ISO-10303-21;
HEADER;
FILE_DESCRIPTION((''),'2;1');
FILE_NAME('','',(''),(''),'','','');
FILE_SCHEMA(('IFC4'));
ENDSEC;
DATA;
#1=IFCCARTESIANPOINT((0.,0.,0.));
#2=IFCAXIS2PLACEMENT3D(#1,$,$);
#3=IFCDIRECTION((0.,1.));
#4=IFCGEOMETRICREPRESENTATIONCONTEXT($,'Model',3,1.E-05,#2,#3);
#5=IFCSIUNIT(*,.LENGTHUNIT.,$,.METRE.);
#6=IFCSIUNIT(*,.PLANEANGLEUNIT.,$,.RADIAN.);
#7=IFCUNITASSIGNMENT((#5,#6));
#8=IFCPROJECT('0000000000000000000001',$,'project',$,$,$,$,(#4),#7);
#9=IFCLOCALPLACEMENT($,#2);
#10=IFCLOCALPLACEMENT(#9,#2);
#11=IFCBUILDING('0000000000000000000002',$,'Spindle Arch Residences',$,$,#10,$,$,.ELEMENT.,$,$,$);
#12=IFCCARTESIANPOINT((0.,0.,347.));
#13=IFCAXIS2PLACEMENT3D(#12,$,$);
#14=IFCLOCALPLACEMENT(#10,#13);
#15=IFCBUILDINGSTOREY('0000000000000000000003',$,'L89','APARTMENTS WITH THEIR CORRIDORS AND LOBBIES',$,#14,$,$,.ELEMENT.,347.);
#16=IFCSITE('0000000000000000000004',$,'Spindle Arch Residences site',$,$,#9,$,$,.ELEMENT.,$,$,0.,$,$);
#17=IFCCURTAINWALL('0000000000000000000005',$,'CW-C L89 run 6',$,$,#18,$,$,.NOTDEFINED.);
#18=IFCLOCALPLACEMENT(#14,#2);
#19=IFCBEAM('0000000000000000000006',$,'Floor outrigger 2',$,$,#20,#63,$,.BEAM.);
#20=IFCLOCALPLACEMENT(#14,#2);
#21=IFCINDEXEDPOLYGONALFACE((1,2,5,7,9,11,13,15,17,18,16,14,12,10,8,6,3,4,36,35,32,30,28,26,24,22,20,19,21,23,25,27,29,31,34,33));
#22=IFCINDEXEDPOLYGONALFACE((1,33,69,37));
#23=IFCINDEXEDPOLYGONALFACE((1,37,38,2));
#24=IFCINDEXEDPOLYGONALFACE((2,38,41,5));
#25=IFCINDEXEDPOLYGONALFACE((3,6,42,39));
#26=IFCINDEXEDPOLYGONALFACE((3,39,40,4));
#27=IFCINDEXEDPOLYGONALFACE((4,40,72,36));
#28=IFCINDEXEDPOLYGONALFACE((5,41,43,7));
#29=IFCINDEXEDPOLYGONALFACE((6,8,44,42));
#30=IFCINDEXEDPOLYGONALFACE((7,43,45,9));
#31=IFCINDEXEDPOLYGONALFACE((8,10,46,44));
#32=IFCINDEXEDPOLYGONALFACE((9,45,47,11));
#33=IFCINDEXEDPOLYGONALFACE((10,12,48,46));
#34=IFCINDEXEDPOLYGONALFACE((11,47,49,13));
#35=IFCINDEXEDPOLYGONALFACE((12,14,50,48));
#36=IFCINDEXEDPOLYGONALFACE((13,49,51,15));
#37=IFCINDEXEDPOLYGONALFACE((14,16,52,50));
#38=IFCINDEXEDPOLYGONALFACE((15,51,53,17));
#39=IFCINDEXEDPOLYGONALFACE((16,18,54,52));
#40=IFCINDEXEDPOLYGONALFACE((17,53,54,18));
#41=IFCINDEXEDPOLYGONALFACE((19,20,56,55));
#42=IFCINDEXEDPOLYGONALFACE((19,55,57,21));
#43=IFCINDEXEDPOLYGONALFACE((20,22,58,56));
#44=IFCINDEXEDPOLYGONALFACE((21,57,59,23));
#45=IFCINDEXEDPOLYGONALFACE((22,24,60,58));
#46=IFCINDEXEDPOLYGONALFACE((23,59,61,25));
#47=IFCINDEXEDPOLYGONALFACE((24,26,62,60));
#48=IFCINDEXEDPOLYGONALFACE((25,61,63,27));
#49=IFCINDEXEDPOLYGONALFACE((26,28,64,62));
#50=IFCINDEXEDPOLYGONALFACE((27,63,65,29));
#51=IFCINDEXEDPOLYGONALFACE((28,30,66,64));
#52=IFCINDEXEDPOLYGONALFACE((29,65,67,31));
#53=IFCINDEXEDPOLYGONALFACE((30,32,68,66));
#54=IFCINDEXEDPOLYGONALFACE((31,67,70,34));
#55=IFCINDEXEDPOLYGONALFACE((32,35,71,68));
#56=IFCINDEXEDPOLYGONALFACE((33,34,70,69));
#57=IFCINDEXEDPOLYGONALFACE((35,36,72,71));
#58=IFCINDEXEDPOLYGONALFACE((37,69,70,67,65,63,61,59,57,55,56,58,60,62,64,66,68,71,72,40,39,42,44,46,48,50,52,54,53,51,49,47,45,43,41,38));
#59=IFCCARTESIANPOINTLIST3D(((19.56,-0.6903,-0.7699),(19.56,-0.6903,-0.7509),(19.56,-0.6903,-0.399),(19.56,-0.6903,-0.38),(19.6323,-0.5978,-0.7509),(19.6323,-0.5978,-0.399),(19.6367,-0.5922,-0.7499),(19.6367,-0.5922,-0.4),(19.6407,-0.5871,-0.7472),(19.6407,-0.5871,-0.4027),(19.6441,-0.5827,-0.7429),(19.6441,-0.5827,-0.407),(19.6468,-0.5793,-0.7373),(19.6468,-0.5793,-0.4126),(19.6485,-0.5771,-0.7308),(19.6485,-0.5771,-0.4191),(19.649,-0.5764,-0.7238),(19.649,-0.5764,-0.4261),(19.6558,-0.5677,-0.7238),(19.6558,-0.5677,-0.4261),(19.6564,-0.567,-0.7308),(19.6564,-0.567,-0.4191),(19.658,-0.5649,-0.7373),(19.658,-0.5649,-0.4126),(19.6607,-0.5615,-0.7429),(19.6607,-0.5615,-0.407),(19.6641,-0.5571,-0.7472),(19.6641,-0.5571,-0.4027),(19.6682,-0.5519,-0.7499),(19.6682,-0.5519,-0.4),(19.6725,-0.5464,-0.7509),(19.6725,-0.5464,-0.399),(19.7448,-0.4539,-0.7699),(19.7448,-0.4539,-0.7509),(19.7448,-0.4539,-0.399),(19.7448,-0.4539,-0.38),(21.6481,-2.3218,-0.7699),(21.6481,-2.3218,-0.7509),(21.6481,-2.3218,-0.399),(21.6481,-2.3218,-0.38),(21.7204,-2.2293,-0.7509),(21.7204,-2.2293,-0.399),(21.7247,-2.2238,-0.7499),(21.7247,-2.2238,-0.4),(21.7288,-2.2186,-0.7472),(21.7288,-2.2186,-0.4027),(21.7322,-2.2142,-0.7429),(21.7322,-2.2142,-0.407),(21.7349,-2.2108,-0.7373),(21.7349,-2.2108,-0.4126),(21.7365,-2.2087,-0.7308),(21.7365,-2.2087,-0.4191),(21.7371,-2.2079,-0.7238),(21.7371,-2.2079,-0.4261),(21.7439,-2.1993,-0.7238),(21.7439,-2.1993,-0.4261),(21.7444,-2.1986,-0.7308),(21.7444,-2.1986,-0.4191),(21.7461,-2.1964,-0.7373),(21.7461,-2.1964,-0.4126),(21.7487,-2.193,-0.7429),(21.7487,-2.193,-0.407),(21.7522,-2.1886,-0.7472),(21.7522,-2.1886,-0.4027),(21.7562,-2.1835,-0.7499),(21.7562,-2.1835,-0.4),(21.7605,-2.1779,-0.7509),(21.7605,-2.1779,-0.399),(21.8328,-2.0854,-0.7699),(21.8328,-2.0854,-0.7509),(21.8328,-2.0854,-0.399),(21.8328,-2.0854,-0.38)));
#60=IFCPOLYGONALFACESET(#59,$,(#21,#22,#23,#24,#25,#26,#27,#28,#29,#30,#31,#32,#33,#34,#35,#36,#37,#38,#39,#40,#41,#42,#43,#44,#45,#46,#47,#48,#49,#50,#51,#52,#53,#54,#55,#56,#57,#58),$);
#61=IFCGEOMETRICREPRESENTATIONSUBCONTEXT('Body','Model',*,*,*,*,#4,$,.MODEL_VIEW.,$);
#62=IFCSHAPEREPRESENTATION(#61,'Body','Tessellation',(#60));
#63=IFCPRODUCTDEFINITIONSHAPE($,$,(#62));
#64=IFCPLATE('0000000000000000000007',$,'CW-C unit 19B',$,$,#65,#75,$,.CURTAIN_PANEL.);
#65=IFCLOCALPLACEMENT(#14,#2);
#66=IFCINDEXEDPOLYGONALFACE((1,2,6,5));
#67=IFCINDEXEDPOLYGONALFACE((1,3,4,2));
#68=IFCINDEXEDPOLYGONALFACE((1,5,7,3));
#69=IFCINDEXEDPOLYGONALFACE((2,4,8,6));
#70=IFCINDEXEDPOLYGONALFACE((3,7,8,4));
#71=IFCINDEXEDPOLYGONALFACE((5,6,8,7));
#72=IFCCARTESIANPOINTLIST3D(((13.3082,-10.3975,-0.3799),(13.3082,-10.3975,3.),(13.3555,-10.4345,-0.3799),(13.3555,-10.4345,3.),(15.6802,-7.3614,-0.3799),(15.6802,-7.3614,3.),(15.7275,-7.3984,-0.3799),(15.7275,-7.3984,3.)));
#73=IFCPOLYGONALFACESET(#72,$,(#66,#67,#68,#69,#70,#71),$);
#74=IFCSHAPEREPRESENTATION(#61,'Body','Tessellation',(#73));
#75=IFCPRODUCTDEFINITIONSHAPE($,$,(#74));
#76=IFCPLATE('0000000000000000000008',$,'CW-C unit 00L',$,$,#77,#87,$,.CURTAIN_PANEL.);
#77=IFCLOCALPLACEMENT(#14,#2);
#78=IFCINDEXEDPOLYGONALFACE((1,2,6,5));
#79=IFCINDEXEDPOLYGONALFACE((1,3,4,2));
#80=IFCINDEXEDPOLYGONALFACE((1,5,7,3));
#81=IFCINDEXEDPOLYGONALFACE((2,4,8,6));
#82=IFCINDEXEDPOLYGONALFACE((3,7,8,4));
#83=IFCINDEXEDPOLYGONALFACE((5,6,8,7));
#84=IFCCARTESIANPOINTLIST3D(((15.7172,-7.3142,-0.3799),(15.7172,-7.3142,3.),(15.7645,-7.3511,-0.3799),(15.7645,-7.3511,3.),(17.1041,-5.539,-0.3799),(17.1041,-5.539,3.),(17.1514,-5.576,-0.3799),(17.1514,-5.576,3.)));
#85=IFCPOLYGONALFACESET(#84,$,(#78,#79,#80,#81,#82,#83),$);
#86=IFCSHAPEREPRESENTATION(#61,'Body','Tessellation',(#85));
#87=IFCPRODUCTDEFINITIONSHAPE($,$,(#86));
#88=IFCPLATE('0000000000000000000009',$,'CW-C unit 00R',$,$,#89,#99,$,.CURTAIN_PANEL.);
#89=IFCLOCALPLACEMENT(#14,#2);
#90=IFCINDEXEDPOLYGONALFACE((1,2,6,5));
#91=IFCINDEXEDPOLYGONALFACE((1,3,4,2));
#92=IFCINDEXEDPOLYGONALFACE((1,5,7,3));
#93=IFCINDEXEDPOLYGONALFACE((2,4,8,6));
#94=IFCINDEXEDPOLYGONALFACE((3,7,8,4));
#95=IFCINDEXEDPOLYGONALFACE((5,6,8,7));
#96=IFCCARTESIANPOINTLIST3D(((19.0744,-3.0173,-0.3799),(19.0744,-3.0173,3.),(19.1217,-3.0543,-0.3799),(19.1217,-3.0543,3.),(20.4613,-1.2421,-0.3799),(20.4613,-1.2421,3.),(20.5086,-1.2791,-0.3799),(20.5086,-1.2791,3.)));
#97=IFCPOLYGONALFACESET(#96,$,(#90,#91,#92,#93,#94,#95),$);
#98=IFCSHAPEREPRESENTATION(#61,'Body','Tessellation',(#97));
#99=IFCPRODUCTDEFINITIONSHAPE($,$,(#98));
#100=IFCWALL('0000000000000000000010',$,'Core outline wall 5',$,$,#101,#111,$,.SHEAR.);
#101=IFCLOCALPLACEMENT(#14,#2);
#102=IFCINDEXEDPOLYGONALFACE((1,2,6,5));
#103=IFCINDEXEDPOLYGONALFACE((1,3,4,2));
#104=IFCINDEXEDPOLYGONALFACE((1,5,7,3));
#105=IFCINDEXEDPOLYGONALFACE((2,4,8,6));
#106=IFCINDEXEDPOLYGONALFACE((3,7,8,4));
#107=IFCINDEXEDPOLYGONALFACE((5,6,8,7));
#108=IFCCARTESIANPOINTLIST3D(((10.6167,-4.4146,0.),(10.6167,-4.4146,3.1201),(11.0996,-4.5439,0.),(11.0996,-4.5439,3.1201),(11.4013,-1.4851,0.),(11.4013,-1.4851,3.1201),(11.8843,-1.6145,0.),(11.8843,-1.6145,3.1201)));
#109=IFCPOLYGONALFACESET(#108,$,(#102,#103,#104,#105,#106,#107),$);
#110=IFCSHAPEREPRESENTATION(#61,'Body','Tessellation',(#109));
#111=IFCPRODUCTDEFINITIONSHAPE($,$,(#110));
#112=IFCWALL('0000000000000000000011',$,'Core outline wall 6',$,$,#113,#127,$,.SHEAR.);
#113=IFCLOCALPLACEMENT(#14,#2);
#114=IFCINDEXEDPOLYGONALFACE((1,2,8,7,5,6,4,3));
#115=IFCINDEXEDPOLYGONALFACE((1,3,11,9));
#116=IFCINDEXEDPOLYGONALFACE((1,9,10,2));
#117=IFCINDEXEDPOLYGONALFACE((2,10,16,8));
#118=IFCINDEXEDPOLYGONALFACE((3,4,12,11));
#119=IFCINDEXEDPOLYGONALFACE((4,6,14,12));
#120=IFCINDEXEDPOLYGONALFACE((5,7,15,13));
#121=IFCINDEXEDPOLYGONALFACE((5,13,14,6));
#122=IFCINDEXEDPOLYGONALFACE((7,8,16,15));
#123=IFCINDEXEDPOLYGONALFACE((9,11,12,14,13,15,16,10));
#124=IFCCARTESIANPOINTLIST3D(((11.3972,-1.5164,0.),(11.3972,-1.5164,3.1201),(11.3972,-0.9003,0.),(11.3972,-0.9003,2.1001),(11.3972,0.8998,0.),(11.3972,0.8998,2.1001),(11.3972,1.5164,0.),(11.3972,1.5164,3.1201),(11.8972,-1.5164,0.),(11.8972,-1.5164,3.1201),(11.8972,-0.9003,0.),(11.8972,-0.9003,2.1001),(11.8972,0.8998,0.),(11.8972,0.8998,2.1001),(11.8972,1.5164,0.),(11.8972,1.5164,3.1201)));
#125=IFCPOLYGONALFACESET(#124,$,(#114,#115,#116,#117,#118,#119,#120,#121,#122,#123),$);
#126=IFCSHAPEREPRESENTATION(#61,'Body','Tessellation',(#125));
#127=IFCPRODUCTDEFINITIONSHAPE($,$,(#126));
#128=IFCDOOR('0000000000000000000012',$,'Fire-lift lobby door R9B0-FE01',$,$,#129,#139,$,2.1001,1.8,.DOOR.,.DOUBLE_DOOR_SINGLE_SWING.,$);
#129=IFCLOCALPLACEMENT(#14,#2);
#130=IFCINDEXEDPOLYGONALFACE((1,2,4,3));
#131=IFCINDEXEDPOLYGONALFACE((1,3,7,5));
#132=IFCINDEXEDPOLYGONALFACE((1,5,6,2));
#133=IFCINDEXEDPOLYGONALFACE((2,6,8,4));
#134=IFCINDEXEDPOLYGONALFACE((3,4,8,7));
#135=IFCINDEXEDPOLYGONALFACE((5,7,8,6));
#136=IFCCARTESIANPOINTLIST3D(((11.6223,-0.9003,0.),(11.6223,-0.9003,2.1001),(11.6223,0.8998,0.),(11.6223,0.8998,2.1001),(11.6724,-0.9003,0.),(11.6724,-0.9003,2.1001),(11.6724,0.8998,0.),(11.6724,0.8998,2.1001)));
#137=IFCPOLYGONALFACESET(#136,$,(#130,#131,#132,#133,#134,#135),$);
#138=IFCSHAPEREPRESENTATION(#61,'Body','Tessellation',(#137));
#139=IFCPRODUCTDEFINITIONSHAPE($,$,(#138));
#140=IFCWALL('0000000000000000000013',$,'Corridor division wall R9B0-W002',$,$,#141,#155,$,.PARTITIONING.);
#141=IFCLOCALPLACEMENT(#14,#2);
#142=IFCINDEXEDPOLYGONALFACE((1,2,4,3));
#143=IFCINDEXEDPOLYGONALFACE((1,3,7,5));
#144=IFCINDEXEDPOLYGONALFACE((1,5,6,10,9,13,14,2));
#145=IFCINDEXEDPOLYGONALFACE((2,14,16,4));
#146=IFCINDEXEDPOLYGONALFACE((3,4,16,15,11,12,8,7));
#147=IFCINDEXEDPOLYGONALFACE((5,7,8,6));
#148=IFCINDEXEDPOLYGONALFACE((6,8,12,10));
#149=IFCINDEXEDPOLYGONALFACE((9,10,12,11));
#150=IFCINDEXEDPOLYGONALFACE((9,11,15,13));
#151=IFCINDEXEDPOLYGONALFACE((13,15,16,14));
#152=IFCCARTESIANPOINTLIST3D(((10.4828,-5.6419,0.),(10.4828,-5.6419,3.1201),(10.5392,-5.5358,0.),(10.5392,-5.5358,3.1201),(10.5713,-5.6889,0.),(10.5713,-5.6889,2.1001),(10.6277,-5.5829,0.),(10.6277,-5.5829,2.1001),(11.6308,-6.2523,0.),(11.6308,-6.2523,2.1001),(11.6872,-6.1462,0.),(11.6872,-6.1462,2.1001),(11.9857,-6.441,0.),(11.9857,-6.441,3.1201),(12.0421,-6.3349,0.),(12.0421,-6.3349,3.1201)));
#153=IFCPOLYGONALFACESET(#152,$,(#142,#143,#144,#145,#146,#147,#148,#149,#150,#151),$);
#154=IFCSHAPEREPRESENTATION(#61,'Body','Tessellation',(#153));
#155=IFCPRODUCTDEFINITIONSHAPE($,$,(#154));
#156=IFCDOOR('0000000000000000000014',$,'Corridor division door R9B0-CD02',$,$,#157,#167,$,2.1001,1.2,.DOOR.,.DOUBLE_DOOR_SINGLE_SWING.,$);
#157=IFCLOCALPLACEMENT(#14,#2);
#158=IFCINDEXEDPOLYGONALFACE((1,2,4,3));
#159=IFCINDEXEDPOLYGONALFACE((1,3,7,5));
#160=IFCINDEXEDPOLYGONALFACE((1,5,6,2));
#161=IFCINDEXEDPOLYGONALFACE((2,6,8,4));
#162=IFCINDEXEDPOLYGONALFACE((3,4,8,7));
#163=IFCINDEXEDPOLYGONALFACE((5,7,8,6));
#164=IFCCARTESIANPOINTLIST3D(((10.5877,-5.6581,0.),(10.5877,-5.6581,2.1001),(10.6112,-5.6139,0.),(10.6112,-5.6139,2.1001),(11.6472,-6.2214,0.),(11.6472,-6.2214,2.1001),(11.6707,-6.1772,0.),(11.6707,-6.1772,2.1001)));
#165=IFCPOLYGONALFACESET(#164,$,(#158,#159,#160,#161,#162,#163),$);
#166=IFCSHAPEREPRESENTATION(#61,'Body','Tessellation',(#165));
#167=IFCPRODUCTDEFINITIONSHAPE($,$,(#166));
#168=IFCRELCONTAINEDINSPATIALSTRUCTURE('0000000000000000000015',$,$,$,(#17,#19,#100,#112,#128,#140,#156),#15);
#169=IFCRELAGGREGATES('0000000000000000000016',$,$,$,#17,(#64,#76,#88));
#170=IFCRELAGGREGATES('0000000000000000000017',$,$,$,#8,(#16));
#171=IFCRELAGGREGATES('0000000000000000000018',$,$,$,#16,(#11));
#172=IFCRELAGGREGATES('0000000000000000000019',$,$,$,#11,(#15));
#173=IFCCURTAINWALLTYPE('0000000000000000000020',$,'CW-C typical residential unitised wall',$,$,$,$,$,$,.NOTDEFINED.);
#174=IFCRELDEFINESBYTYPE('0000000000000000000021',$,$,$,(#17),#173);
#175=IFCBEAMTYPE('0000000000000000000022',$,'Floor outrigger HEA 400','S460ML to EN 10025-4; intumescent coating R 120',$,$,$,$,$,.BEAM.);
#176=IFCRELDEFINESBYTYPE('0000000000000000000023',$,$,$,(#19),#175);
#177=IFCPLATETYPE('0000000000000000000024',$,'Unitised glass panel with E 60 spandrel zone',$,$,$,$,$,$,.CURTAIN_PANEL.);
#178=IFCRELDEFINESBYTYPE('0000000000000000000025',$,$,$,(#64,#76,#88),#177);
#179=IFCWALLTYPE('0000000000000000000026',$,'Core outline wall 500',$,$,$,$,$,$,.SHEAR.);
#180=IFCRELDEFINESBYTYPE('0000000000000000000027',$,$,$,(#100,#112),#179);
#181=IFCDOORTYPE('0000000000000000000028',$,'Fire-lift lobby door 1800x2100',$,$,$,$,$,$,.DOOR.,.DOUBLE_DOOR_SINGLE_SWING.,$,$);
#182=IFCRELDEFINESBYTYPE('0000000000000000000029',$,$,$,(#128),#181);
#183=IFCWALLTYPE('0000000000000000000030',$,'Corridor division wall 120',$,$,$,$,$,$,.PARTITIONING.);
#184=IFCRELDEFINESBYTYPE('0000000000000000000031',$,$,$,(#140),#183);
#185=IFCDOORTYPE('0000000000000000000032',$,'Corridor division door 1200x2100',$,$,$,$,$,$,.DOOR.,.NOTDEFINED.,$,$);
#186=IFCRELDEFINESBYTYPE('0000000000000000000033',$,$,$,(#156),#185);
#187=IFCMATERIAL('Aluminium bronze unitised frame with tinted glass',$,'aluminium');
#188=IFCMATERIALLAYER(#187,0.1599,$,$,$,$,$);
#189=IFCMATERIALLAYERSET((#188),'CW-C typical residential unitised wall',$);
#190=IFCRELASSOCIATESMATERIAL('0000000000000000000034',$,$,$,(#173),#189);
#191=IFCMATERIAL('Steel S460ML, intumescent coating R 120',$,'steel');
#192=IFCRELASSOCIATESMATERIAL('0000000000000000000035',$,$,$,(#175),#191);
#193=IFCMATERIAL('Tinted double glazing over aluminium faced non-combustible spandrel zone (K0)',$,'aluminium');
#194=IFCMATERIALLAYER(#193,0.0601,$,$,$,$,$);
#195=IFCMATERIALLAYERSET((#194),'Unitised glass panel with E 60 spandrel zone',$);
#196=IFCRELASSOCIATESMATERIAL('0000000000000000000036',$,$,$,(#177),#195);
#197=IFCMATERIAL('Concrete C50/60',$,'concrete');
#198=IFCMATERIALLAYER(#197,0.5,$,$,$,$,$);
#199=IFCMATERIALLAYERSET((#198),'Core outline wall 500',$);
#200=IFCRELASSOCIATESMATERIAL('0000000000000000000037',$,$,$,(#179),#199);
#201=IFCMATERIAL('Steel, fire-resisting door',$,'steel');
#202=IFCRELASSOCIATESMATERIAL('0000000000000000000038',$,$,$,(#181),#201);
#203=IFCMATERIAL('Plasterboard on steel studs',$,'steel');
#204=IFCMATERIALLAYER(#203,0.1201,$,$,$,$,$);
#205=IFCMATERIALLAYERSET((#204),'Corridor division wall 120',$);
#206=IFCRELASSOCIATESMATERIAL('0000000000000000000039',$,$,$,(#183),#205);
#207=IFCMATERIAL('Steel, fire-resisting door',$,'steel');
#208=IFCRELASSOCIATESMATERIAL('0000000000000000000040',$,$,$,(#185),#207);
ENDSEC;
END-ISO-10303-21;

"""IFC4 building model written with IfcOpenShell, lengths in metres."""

from ifc_helpers import new_model, si_unit, direction, frame, frame_2d, origin, origin_2d, place, context, subcontext, project, spatial, rectangle, i_section, extrude, material, layer, layer_set, material_profile, profile_set, type_object, element, fill, aggregate, save


model = new_model("IFC4")

# Units and contexts
model_context = context("Model", 3, precision=1e-05, world=origin(), true_north=direction((0.0, 1.0)))
body_context = subcontext(model_context, "Body", "Model", "MODEL_VIEW")
ifc_project = project(units=[si_unit("LENGTHUNIT", "METRE"), si_unit("PLANEANGLEUNIT", "RADIAN")], contexts=[model_context])

# Site, building, storey
site_placement = place(None, origin())
site = spatial("IfcSite", under=ifc_project, at=site_placement, Name="Spindle Arch Residences site", CompositionType="ELEMENT", RefElevation=0.0)
building_placement = place(site_placement, origin())
building = spatial("IfcBuilding", under=site, at=building_placement, Name="Spindle Arch Residences", CompositionType="ELEMENT")
storey_placement = place(building_placement, frame((0.0, 0.0, 347.0)))
storey = spatial("IfcBuildingStorey", under=building, at=storey_placement, Name="L89", Description="APARTMENTS WITH THEIR CORRIDORS AND LOBBIES", CompositionType="ELEMENT", Elevation=347.0)

# Curtain wall
ifc_material_1 = material(Name="Aluminium bronze unitised frame with tinted glass", Category="aluminium")
ifc_layer_1 = layer(ifc_material_1, 0.1599)
ifc_layer_set_1 = layer_set([ifc_layer_1], Name="CW-C typical residential unitised wall")
curtain_wall_type_1 = type_object("IfcCurtainWallType", Name="CW-C typical residential unitised wall", PredefinedType="NOTDEFINED", material=ifc_layer_set_1)
curtain_wall_1_placement = place(storey_placement, origin())
curtain_wall_1 = element("IfcCurtainWall", 1, at=curtain_wall_1_placement, inside=storey, type_object=curtain_wall_type_1, Name="CW-C L89 run 6", PredefinedType="NOTDEFINED")

# Beam
ifc_material_2 = material(Name="Steel S460ML, intumescent coating R 120", Category="steel")
ifc_material_profile_1 = material_profile(ifc_material_2, i_section(OverallWidth=0.3, OverallDepth=0.3899, WebThickness=0.011, FlangeThickness=0.019, FilletRadius=0.0271, at=origin_2d()), Name="HEA 400")
ifc_profile_set_1 = profile_set([ifc_material_profile_1], Name="Steel S460ML, intumescent coating R 120")
beam_type_1 = type_object("IfcBeamType", Name="Floor outrigger HEA 400", Description="S460ML to EN 10025-4; intumescent coating R 120", PredefinedType="BEAM", material=ifc_profile_set_1)
beam_1_placement = place(storey_placement, frame((21.7405, -2.2036, -0.575), z_axis=(-0.787981, 0.615699, 0.0), x_axis=(-0.615699, -0.787981, 0.0)))
element("IfcBeam", 2, at=beam_1_placement, inside=storey, type_object=beam_type_1, Name="Floor outrigger 2", PredefinedType="BEAM", context=body_context, shape_type="SweptSolid", body=[
    extrude(i_section(OverallWidth=0.3, OverallDepth=0.3899, WebThickness=0.011, FlangeThickness=0.019, FilletRadius=0.0271, at=origin_2d()), origin(), (0.0, 0.0, 1.0), 2.6499),
])

# Plates
ifc_material_3 = material(Name="Tinted double glazing over aluminium faced non-combustible spandrel zone (K0)", Category="aluminium")
ifc_layer_2 = layer(ifc_material_3, 0.0601)
ifc_layer_set_2 = layer_set([ifc_layer_2], Name="Unitised glass panel with E 60 spandrel zone")
plate_type = type_object("IfcPlateType", Name="Unitised glass panel with E 60 spandrel zone", PredefinedType="CURTAIN_PANEL", material=ifc_layer_set_2)
plate_1_placement = place(storey_placement, frame((14.5178, -8.8979, -0.3799), z_axis=(0.0, 0.0, 1.0), x_axis=(0.615661, 0.788011, 0.0)))
plate_1 = element("IfcPlate", 3, at=plate_1_placement, type_object=plate_type, Name="CW-C unit 19B", PredefinedType="CURTAIN_PANEL", context=body_context, shape_type="SweptSolid", body=[
    extrude(rectangle(XDim=3.8528, YDim=0.0601, at=origin_2d()), origin(), (0.0, 0.0, 1.0), 3.3799),
])
plate_2_placement = place(storey_placement, frame((16.4343, -6.4451, -0.3799), z_axis=(0.0, 0.0, 1.0), x_axis=(0.615661, 0.788011, 0.0)))
plate_2 = element("IfcPlate", 4, at=plate_2_placement, type_object=plate_type, Name="CW-C unit 00L", PredefinedType="CURTAIN_PANEL", context=body_context, shape_type="SweptSolid", body=[
    extrude(rectangle(XDim=2.2527, YDim=0.0601, at=origin_2d()), origin(), (0.0, 0.0, 1.0), 3.3799),
])
plate_3_placement = place(storey_placement, frame((19.7915, -2.1482, -0.3799), z_axis=(0.0, 0.0, 1.0), x_axis=(0.615661, 0.788011, 0.0)))
plate_3 = element("IfcPlate", 5, at=plate_3_placement, type_object=plate_type, Name="CW-C unit 00R", PredefinedType="CURTAIN_PANEL", context=body_context, shape_type="SweptSolid", body=[
    extrude(rectangle(XDim=2.2527, YDim=0.0601, at=origin_2d()), origin(), (0.0, 0.0, 1.0), 3.3799),
])
aggregate(curtain_wall_1, [plate_1, plate_2, plate_3])

# Wall
ifc_material_4 = material(Name="Concrete C50/60", Category="concrete")
ifc_layer_3 = layer(ifc_material_4, 0.5)
ifc_layer_set_3 = layer_set([ifc_layer_3], Name="Core outline wall 500")
wall_type_1 = type_object("IfcWallType", Name="Core outline wall 500", PredefinedType="SHEAR", material=ifc_layer_set_3)
wall_1_placement = place(storey_placement, frame((10.8582, -4.4792, 0.0), z_axis=(0.0, 0.0, 1.0), x_axis=(0.258735, 0.965948, 0.0)))
element("IfcWall", 6, at=wall_1_placement, inside=storey, type_object=wall_type_1, Name="Core outline wall 5", PredefinedType="SHEAR", context=body_context, shape_type="SweptSolid", body=[
    extrude(rectangle(XDim=3.0327, YDim=0.5, at=frame_2d((1.5164, 0.0))), origin(), (0.0, 0.0, 1.0), 3.1201),
])

# Walls, openings, doors
wall_2_placement = place(storey_placement, frame((11.6472, -1.5164, 0.0), z_axis=(0.0, 0.0, 1.0), x_axis=(0.0, 1.0, 0.0)))
wall_2 = element("IfcWall", 7, at=wall_2_placement, inside=storey, type_object=wall_type_1, Name="Core outline wall 6", PredefinedType="SHEAR", context=body_context, shape_type="SweptSolid", body=[
    extrude(rectangle(XDim=3.0327, YDim=0.5, at=frame_2d((1.5164, 0.0))), origin(), (0.0, 0.0, 1.0), 3.1201),
])
opening_1_placement = place(wall_2_placement, frame((0.6162, 0.0, 0.0)))
opening_1 = element("IfcOpeningElement", 8, at=opening_1_placement, cuts=wall_2, PredefinedType="OPENING", context=body_context, shape_type="SweptSolid", body=[
    extrude(rectangle(XDim=1.8, YDim=2.1001, at=frame_2d((0.8999, 1.05))), frame((0.0, 0.26, 0.0), z_axis=(0.0, -1.0, 0.0), x_axis=(1.0, 0.0, 0.0)), (0.0, 0.0, 1.0), 0.52),
])
ifc_material_5 = material(Name="Steel, fire-resisting door", Category="steel")
door_type_1 = type_object("IfcDoorType", Name="Fire-lift lobby door 1800x2100", OperationType="DOUBLE_DOOR_SINGLE_SWING", PredefinedType="DOOR", material=ifc_material_5)
door_1_placement = place(opening_1_placement, origin())
door_1 = element("IfcDoor", 9, at=door_1_placement, inside=storey, type_object=door_type_1, Name="Fire-lift lobby door R9B0-FE01", OperationType="DOUBLE_DOOR_SINGLE_SWING", OverallHeight=2.1001, OverallWidth=1.8, PredefinedType="DOOR", context=body_context, shape_type="SweptSolid", body=[
    extrude(rectangle(XDim=1.8, YDim=2.1001, at=frame_2d((0.8999, 1.05))), frame((0.0, 0.0249, 0.0), z_axis=(0.0, -1.0, 0.0), x_axis=(1.0, 0.0, 0.0)), (0.0, 0.0, 1.0), 0.05),
])
fill(opening_1, door_1)
ifc_material_6 = material(Name="Plasterboard on steel studs", Category="steel")
ifc_layer_4 = layer(ifc_material_6, 0.1201)
ifc_layer_set_4 = layer_set([ifc_layer_4], Name="Corridor division wall 120")
wall_type_2 = type_object("IfcWallType", Name="Corridor division wall 120", PredefinedType="PARTITIONING", material=ifc_layer_set_4)
wall_3_placement = place(storey_placement, frame((10.511, -5.5889, 0.0), z_axis=(0.0, 0.0, 1.0), x_axis=(0.88296, -0.469449, 0.0)))
wall_3 = element("IfcWall", 10, at=wall_3_placement, inside=storey, type_object=wall_type_2, Name="Corridor division wall R9B0-W002", PredefinedType="PARTITIONING", context=body_context, shape_type="SweptSolid", body=[
    extrude(rectangle(XDim=1.7021, YDim=0.1201, at=frame_2d((0.8511, 0.0))), origin(), (0.0, 0.0, 1.0), 3.1201),
])
opening_2_placement = place(wall_3_placement, frame((0.1001, 0.0, 0.0)))
opening_2 = element("IfcOpeningElement", 11, at=opening_2_placement, cuts=wall_3, PredefinedType="OPENING", context=body_context, shape_type="SweptSolid", body=[
    extrude(rectangle(XDim=1.2, YDim=2.1001, at=frame_2d((0.6001, 1.05))), frame((0.0, 0.0701, 0.0), z_axis=(0.0, -1.0, 0.0), x_axis=(1.0, 0.0, 0.0)), (0.0, 0.0, 1.0), 0.1401),
])
ifc_material_7 = material(Name="Steel, fire-resisting door", Category="steel")
door_type_2 = type_object("IfcDoorType", Name="Corridor division door 1200x2100", OperationType="NOTDEFINED", PredefinedType="DOOR", material=ifc_material_7)
door_2_placement = place(opening_2_placement, origin())
door_2 = element("IfcDoor", 12, at=door_2_placement, inside=storey, type_object=door_type_2, Name="Corridor division door R9B0-CD02", OperationType="DOUBLE_DOOR_SINGLE_SWING", OverallHeight=2.1001, OverallWidth=1.2, PredefinedType="DOOR", context=body_context, shape_type="SweptSolid", body=[
    extrude(rectangle(XDim=1.2, YDim=2.1001, at=frame_2d((0.6001, 1.05))), frame((0.0, 0.0249, 0.0), z_axis=(0.0, -1.0, 0.0), x_axis=(1.0, 0.0, 0.0)), (0.0, 0.0, 1.0), 0.05),
])
fill(opening_2, door_2)

save(model, "model.ifc")
